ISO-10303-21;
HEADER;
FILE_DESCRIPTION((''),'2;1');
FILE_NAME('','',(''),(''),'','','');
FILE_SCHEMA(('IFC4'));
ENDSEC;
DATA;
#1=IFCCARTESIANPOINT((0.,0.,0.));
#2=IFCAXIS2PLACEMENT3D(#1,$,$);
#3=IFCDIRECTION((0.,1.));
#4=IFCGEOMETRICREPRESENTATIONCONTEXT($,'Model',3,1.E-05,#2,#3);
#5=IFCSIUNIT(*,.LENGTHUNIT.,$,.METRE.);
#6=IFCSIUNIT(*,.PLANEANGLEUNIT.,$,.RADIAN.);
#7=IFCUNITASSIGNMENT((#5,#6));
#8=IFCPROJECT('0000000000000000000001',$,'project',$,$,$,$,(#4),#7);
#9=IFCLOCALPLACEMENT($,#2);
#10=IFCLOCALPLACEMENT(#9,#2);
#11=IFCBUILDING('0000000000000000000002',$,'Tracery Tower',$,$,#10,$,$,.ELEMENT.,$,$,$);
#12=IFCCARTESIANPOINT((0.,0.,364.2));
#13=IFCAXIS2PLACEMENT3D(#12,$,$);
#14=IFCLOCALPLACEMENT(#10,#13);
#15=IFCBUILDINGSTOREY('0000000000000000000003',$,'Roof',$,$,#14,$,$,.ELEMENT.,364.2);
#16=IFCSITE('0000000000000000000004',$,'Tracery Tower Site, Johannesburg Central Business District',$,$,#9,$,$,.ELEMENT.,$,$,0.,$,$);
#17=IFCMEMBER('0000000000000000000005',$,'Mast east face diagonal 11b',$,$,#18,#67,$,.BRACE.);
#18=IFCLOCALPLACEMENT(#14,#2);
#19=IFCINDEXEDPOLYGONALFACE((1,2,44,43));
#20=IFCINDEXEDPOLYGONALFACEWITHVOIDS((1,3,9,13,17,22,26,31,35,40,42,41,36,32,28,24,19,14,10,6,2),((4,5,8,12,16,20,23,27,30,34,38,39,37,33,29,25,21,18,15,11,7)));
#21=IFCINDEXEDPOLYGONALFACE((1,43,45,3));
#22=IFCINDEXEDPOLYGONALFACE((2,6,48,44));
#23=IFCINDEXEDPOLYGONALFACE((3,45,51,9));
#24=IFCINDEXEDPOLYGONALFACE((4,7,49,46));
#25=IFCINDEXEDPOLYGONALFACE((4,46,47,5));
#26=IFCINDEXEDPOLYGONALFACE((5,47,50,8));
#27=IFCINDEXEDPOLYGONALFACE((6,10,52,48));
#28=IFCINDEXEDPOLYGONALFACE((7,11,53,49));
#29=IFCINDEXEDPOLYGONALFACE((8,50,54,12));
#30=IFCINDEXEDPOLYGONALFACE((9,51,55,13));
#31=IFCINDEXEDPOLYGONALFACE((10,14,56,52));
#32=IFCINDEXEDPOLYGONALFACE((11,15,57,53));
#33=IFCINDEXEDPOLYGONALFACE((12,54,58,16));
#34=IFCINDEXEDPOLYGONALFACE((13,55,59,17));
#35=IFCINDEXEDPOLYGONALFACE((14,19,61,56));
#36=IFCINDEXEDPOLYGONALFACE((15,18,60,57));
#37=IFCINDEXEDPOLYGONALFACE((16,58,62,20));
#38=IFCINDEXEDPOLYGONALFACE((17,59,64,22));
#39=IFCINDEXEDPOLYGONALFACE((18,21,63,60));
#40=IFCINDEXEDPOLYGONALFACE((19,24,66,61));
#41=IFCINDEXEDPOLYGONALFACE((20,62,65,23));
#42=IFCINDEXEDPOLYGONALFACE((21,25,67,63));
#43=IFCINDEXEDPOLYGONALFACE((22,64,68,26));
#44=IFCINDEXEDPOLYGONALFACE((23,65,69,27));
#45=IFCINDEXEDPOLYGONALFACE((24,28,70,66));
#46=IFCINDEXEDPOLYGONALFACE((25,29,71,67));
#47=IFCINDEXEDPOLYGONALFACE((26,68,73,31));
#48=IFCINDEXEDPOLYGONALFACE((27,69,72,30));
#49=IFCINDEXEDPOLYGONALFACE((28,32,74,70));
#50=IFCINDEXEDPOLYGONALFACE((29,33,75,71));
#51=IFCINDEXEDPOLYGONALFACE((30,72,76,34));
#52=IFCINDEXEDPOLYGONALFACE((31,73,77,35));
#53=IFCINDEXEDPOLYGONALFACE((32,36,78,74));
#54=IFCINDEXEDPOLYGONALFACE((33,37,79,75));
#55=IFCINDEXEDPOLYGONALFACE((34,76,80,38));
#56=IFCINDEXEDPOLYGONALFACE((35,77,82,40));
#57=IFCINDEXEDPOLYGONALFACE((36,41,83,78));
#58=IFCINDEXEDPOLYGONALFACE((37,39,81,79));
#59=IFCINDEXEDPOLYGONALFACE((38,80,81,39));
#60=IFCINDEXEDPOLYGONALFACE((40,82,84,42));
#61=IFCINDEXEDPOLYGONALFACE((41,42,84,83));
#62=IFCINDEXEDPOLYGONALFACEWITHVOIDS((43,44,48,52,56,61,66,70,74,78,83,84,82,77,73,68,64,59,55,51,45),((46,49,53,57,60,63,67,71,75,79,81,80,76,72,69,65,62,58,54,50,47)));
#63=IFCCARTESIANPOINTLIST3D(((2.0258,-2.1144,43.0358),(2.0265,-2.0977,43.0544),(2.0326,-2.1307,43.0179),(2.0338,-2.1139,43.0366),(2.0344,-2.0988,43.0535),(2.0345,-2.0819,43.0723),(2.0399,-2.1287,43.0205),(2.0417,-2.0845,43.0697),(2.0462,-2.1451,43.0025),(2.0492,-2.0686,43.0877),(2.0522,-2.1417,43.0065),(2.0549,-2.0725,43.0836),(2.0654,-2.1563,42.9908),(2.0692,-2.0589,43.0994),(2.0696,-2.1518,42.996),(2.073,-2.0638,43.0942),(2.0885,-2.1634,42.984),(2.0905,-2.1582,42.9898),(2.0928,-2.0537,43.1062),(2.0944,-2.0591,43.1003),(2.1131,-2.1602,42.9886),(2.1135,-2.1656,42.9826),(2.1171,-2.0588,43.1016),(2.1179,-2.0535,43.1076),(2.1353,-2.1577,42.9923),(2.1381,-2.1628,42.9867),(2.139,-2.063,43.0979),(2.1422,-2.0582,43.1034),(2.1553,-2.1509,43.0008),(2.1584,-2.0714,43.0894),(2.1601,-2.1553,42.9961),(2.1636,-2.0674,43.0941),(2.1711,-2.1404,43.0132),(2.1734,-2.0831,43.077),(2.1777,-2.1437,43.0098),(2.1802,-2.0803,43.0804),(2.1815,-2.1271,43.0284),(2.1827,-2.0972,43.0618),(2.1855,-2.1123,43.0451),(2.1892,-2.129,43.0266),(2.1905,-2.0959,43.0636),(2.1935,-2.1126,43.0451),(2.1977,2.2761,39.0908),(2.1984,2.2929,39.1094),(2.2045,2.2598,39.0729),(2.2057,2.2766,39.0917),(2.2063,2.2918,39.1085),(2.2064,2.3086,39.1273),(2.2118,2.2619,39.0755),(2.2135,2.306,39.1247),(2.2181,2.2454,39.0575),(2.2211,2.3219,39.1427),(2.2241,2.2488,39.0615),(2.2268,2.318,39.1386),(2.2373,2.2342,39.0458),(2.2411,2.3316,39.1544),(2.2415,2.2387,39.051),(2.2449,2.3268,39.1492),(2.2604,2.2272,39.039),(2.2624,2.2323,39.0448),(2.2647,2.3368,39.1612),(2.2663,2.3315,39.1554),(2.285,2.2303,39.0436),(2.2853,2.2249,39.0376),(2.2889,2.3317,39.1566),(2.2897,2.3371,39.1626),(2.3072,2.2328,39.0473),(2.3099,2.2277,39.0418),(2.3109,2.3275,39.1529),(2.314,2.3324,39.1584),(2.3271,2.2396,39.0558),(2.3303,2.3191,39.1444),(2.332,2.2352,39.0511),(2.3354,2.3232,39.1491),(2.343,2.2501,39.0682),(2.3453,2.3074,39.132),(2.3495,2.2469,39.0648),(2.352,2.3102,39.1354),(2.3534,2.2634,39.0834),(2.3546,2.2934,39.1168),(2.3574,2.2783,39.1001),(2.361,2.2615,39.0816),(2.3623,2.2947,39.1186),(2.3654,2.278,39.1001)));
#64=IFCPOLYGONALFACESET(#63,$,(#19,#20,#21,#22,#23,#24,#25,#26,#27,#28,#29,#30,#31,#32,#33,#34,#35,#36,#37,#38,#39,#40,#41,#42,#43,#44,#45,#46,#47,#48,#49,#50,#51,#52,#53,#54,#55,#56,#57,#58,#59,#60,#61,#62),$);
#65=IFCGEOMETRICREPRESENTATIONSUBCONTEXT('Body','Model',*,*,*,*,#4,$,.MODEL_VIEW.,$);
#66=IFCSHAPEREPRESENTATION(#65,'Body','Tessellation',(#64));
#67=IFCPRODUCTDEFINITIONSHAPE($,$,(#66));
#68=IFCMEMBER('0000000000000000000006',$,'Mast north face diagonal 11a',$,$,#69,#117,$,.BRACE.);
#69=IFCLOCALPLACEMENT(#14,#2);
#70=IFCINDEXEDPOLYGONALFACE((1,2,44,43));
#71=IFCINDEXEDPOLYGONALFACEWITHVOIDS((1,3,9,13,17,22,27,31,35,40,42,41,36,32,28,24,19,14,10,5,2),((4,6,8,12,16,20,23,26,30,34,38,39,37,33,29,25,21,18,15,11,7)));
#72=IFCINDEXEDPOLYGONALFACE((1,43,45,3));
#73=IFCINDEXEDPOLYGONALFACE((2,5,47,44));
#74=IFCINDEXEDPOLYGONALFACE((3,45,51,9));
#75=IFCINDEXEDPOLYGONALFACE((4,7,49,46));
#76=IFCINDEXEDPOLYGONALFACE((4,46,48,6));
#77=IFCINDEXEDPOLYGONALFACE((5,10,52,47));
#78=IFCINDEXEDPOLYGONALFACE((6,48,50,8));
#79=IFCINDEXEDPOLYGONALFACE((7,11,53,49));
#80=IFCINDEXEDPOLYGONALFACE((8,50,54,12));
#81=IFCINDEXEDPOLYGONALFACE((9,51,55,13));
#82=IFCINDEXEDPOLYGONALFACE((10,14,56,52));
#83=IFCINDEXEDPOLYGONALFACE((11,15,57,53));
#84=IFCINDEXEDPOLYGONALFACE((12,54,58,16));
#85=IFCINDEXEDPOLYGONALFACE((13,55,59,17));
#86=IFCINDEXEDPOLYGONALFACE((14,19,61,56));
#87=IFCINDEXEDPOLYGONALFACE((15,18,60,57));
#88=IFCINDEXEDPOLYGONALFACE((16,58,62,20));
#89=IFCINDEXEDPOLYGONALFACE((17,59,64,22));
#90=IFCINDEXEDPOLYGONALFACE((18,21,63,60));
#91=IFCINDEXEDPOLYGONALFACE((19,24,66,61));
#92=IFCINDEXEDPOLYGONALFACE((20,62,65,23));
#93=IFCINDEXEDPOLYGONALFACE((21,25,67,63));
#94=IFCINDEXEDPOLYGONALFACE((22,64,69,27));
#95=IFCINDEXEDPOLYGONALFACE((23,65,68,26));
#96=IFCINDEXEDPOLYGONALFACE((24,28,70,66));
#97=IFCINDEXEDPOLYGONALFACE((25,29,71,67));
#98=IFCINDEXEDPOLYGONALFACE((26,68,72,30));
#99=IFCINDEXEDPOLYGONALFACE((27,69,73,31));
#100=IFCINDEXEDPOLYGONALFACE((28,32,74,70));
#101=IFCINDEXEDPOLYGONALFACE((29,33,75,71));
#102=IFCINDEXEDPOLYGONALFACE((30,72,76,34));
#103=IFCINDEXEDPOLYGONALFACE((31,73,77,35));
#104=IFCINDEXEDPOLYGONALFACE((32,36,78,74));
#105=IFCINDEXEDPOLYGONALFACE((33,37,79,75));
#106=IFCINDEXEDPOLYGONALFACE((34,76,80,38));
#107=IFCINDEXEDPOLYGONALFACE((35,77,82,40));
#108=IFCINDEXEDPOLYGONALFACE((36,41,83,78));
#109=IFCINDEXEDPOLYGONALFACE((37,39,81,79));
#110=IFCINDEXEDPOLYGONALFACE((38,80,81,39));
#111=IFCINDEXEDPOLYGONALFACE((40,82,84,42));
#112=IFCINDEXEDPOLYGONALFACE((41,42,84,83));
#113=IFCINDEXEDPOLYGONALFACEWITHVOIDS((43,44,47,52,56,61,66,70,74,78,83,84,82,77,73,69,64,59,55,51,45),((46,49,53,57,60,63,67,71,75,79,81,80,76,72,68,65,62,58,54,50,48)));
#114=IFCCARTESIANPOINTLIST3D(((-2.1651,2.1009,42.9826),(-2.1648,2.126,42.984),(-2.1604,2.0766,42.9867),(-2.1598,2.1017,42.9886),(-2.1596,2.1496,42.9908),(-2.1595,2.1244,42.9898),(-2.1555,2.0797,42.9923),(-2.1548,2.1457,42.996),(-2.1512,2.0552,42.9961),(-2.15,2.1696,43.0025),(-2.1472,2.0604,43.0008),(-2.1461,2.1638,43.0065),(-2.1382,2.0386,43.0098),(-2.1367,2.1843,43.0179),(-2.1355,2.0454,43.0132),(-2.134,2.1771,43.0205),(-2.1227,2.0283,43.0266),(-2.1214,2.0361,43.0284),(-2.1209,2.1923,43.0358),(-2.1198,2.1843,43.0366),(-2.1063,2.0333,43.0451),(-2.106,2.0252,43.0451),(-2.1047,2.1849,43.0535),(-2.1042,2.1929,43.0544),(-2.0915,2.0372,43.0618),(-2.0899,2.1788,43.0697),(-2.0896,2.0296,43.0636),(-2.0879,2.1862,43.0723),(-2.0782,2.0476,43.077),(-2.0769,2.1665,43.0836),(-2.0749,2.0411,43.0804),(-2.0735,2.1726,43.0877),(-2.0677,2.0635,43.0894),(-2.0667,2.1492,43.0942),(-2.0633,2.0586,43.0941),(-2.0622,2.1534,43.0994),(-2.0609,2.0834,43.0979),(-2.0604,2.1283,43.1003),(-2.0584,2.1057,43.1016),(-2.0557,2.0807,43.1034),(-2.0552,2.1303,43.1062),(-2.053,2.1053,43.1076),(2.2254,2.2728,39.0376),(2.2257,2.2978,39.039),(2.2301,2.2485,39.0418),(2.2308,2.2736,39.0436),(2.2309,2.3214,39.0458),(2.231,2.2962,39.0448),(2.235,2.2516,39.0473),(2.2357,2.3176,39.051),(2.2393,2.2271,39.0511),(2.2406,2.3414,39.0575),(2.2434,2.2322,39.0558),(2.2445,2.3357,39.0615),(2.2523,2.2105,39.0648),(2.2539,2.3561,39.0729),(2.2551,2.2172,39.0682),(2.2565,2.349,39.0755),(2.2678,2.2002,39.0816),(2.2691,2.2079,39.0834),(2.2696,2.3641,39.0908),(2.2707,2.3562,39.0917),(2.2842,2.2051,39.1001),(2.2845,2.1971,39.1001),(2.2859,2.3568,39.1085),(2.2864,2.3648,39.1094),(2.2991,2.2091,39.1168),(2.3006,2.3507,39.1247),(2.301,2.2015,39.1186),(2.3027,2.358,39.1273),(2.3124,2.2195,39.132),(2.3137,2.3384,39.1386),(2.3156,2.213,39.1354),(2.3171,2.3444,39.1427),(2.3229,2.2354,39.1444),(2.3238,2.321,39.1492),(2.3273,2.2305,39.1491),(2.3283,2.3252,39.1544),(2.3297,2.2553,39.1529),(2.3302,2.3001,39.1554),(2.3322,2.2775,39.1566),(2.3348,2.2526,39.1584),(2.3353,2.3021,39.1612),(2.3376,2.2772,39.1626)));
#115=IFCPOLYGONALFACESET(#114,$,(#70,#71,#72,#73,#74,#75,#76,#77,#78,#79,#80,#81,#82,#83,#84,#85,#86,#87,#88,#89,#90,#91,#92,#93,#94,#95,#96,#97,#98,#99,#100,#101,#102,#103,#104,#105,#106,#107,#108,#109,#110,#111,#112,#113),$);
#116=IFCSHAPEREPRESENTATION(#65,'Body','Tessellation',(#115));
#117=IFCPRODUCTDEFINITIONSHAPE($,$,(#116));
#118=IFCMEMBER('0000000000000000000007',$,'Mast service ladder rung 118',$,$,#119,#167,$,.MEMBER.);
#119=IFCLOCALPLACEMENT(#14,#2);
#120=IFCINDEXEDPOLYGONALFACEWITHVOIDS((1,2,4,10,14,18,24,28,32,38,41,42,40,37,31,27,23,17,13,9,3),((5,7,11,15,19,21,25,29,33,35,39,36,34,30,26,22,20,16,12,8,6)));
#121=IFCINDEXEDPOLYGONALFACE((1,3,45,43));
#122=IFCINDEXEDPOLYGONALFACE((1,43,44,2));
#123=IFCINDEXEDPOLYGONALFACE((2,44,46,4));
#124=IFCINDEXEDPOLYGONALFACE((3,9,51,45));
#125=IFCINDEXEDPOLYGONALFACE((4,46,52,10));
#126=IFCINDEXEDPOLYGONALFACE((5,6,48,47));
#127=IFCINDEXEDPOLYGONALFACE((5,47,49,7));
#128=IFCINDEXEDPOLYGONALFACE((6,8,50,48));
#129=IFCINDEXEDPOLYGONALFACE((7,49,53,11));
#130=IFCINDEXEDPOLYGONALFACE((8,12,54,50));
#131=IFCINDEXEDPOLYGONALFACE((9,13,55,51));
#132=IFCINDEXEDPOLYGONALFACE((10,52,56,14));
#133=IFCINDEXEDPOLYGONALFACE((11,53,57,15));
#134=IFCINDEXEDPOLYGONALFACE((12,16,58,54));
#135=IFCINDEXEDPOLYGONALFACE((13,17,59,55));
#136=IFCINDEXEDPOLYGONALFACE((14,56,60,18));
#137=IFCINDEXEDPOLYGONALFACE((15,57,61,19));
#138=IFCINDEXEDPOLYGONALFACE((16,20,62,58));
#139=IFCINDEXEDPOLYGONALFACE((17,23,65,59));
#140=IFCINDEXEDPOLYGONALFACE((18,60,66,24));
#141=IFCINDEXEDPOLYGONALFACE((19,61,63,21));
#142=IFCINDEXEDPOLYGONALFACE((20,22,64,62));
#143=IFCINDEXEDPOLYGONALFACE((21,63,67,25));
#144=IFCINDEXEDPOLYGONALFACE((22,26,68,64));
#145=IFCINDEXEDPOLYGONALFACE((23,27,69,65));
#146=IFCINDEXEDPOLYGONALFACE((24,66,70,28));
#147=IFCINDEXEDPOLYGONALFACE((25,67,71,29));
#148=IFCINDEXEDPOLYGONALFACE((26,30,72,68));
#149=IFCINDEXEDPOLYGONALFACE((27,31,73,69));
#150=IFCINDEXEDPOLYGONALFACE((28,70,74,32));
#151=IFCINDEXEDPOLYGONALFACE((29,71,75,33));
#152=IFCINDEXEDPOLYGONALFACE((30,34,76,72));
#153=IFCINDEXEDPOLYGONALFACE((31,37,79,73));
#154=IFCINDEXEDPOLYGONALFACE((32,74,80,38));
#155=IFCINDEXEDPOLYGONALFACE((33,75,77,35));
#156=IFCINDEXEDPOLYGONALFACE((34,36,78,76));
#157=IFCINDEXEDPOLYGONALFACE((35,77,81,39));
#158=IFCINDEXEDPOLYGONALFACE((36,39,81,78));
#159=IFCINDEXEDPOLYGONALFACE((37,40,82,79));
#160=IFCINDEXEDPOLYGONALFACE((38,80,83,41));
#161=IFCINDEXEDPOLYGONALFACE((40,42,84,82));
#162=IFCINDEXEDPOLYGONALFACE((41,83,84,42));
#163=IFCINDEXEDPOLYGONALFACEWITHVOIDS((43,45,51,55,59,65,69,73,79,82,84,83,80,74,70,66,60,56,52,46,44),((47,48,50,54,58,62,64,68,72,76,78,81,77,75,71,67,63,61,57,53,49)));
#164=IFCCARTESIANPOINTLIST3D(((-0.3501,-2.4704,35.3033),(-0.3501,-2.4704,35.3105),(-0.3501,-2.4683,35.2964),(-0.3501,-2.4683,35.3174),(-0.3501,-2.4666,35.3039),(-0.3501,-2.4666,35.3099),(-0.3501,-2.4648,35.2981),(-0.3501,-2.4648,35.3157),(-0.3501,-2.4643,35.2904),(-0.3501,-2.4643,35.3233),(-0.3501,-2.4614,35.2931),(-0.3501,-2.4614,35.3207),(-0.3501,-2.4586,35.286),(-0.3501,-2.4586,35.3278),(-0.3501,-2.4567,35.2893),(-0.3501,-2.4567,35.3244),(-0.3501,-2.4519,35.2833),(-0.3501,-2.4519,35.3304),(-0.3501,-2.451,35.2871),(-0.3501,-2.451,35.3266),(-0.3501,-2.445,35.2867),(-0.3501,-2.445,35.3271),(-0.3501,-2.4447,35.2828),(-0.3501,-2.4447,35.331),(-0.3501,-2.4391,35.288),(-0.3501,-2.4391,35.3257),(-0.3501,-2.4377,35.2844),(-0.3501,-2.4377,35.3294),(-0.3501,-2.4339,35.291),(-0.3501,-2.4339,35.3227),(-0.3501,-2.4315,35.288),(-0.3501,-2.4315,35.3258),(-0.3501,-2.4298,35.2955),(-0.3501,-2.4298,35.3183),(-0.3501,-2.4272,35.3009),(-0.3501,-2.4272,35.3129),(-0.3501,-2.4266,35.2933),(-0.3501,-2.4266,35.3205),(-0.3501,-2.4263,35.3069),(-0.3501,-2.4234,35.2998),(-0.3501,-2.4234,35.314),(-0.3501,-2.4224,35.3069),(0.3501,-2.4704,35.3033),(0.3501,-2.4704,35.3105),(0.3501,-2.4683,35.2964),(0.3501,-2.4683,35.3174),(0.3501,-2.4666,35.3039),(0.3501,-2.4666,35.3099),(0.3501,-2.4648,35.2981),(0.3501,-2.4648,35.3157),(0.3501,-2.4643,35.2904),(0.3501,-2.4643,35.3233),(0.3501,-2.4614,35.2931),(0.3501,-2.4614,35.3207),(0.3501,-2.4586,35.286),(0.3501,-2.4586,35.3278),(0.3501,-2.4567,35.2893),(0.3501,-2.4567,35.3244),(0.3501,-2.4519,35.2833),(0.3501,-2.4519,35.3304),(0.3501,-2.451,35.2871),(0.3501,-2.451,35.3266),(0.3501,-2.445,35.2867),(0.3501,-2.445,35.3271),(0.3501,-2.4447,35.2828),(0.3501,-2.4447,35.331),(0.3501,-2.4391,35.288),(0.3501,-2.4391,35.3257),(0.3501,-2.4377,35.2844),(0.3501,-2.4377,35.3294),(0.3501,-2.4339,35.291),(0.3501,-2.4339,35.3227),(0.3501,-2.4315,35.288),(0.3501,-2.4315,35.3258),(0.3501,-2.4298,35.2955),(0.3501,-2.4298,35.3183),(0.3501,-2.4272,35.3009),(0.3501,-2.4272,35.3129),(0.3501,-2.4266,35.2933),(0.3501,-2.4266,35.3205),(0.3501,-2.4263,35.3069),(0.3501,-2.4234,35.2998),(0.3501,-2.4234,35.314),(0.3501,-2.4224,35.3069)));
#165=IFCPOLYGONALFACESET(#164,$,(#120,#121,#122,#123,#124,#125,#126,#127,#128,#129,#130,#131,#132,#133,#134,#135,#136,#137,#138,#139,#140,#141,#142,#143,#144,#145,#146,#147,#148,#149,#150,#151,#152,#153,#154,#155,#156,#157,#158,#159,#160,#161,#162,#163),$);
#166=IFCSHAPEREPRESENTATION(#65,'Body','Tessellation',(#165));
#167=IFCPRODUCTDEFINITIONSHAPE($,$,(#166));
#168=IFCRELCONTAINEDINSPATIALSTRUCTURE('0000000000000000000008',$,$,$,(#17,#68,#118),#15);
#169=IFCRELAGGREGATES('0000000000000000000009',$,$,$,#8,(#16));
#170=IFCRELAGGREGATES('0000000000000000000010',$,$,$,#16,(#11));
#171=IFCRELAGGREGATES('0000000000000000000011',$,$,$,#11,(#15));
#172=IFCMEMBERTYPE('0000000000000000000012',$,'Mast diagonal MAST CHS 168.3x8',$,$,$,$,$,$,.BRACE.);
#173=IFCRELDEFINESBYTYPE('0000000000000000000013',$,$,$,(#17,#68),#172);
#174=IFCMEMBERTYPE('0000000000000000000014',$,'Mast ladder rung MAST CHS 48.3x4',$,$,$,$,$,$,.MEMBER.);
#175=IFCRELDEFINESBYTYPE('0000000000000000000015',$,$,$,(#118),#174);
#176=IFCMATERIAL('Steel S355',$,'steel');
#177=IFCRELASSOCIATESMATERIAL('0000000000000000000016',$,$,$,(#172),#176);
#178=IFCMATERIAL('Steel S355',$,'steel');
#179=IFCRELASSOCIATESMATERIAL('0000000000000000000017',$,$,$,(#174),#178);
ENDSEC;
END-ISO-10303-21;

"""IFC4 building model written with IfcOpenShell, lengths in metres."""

from ifc_helpers import new_model, si_unit, direction, frame, origin, origin_2d, place, context, subcontext, project, spatial, hollow_circle, extrude, material, material_profile, profile_set, type_object, element, save


model = new_model("IFC4")

# Units and contexts
model_context = context("Model", 3, precision=1e-05, world=origin(), true_north=direction((0.0, 1.0)))
body_context = subcontext(model_context, "Body", "Model", "MODEL_VIEW")
ifc_project = project(units=[si_unit("LENGTHUNIT", "METRE"), si_unit("PLANEANGLEUNIT", "RADIAN")], contexts=[model_context])

# Site, building, storey
site_placement = place(None, origin())
site = spatial("IfcSite", under=ifc_project, at=site_placement, Name="Tracery Tower Site, Johannesburg Central Business District", CompositionType="ELEMENT", RefElevation=0.0)
building_placement = place(site_placement, origin())
building = spatial("IfcBuilding", under=site, at=building_placement, Name="Tracery Tower", CompositionType="ELEMENT")
storey_placement = place(building_placement, frame((0.0, 0.0, 364.2)))
storey = spatial("IfcBuildingStorey", under=building, at=storey_placement, Name="Roof", CompositionType="ELEMENT", Elevation=364.2)

# Members
ifc_material_1 = material(Name="Steel S355", Category="steel")
ifc_material_profile_1 = material_profile(ifc_material_1, hollow_circle(Radius=0.0842, WallThickness=0.0081, at=origin_2d()), Name="CHS 168.3x8")
ifc_profile_set_1 = profile_set([ifc_material_profile_1], Name="Steel S355")
member_type_1 = type_object("IfcMemberType", Name="Mast diagonal MAST CHS 168.3x8", PredefinedType="BRACE", material=ifc_profile_set_1)
for number, where, z_axis, x_axis, name in (
    (1, (2.2812, 2.2812, 39.1001), (-0.029106, -0.743526, 0.668073), (0.999235, -0.039116, 0.0), "Mast east face diagonal 11b"),
    (2, (2.2812, 2.2812, 39.1001), (-0.743526, -0.029106, 0.668073), (0.039116, -0.999235, 0.0), "Mast north face diagonal 11a"),
):
    element("IfcMember", number, at=place(storey_placement, frame(where, z_axis=z_axis, x_axis=x_axis)), inside=storey, type_object=member_type_1, Name=name, PredefinedType="BRACE", context=body_context, shape_type="SweptSolid", body=[
        extrude(hollow_circle(Radius=0.0842, WallThickness=0.0081, at=origin_2d()), origin(), (0.0, 0.0, 1.0), 5.905),
    ])
ifc_material_2 = material(Name="Steel S355", Category="steel")
ifc_material_profile_2 = material_profile(ifc_material_2, hollow_circle(Radius=0.0242, WallThickness=0.0039, at=origin_2d()), Name="CHS 48.3x4")
ifc_profile_set_2 = profile_set([ifc_material_profile_2], Name="Steel S355")
member_type_2 = type_object("IfcMemberType", Name="Mast ladder rung MAST CHS 48.3x4", PredefinedType="MEMBER", material=ifc_profile_set_2)
for number, where, z_axis, x_axis, name in (
    (3, (-0.3501, -2.4465, 35.3069), (1.0, 0.0, 0.0), (0.0, 1.0, 0.0), "Mast service ladder rung 118"),
):
    element("IfcMember", number, at=place(storey_placement, frame(where, z_axis=z_axis, x_axis=x_axis)), inside=storey, type_object=member_type_2, Name=name, PredefinedType="MEMBER", context=body_context, shape_type="SweptSolid", body=[
        extrude(hollow_circle(Radius=0.0242, WallThickness=0.0039, at=origin_2d()), origin(), (0.0, 0.0, 1.0), 0.7002),
    ])

save(model, "model.ifc")
